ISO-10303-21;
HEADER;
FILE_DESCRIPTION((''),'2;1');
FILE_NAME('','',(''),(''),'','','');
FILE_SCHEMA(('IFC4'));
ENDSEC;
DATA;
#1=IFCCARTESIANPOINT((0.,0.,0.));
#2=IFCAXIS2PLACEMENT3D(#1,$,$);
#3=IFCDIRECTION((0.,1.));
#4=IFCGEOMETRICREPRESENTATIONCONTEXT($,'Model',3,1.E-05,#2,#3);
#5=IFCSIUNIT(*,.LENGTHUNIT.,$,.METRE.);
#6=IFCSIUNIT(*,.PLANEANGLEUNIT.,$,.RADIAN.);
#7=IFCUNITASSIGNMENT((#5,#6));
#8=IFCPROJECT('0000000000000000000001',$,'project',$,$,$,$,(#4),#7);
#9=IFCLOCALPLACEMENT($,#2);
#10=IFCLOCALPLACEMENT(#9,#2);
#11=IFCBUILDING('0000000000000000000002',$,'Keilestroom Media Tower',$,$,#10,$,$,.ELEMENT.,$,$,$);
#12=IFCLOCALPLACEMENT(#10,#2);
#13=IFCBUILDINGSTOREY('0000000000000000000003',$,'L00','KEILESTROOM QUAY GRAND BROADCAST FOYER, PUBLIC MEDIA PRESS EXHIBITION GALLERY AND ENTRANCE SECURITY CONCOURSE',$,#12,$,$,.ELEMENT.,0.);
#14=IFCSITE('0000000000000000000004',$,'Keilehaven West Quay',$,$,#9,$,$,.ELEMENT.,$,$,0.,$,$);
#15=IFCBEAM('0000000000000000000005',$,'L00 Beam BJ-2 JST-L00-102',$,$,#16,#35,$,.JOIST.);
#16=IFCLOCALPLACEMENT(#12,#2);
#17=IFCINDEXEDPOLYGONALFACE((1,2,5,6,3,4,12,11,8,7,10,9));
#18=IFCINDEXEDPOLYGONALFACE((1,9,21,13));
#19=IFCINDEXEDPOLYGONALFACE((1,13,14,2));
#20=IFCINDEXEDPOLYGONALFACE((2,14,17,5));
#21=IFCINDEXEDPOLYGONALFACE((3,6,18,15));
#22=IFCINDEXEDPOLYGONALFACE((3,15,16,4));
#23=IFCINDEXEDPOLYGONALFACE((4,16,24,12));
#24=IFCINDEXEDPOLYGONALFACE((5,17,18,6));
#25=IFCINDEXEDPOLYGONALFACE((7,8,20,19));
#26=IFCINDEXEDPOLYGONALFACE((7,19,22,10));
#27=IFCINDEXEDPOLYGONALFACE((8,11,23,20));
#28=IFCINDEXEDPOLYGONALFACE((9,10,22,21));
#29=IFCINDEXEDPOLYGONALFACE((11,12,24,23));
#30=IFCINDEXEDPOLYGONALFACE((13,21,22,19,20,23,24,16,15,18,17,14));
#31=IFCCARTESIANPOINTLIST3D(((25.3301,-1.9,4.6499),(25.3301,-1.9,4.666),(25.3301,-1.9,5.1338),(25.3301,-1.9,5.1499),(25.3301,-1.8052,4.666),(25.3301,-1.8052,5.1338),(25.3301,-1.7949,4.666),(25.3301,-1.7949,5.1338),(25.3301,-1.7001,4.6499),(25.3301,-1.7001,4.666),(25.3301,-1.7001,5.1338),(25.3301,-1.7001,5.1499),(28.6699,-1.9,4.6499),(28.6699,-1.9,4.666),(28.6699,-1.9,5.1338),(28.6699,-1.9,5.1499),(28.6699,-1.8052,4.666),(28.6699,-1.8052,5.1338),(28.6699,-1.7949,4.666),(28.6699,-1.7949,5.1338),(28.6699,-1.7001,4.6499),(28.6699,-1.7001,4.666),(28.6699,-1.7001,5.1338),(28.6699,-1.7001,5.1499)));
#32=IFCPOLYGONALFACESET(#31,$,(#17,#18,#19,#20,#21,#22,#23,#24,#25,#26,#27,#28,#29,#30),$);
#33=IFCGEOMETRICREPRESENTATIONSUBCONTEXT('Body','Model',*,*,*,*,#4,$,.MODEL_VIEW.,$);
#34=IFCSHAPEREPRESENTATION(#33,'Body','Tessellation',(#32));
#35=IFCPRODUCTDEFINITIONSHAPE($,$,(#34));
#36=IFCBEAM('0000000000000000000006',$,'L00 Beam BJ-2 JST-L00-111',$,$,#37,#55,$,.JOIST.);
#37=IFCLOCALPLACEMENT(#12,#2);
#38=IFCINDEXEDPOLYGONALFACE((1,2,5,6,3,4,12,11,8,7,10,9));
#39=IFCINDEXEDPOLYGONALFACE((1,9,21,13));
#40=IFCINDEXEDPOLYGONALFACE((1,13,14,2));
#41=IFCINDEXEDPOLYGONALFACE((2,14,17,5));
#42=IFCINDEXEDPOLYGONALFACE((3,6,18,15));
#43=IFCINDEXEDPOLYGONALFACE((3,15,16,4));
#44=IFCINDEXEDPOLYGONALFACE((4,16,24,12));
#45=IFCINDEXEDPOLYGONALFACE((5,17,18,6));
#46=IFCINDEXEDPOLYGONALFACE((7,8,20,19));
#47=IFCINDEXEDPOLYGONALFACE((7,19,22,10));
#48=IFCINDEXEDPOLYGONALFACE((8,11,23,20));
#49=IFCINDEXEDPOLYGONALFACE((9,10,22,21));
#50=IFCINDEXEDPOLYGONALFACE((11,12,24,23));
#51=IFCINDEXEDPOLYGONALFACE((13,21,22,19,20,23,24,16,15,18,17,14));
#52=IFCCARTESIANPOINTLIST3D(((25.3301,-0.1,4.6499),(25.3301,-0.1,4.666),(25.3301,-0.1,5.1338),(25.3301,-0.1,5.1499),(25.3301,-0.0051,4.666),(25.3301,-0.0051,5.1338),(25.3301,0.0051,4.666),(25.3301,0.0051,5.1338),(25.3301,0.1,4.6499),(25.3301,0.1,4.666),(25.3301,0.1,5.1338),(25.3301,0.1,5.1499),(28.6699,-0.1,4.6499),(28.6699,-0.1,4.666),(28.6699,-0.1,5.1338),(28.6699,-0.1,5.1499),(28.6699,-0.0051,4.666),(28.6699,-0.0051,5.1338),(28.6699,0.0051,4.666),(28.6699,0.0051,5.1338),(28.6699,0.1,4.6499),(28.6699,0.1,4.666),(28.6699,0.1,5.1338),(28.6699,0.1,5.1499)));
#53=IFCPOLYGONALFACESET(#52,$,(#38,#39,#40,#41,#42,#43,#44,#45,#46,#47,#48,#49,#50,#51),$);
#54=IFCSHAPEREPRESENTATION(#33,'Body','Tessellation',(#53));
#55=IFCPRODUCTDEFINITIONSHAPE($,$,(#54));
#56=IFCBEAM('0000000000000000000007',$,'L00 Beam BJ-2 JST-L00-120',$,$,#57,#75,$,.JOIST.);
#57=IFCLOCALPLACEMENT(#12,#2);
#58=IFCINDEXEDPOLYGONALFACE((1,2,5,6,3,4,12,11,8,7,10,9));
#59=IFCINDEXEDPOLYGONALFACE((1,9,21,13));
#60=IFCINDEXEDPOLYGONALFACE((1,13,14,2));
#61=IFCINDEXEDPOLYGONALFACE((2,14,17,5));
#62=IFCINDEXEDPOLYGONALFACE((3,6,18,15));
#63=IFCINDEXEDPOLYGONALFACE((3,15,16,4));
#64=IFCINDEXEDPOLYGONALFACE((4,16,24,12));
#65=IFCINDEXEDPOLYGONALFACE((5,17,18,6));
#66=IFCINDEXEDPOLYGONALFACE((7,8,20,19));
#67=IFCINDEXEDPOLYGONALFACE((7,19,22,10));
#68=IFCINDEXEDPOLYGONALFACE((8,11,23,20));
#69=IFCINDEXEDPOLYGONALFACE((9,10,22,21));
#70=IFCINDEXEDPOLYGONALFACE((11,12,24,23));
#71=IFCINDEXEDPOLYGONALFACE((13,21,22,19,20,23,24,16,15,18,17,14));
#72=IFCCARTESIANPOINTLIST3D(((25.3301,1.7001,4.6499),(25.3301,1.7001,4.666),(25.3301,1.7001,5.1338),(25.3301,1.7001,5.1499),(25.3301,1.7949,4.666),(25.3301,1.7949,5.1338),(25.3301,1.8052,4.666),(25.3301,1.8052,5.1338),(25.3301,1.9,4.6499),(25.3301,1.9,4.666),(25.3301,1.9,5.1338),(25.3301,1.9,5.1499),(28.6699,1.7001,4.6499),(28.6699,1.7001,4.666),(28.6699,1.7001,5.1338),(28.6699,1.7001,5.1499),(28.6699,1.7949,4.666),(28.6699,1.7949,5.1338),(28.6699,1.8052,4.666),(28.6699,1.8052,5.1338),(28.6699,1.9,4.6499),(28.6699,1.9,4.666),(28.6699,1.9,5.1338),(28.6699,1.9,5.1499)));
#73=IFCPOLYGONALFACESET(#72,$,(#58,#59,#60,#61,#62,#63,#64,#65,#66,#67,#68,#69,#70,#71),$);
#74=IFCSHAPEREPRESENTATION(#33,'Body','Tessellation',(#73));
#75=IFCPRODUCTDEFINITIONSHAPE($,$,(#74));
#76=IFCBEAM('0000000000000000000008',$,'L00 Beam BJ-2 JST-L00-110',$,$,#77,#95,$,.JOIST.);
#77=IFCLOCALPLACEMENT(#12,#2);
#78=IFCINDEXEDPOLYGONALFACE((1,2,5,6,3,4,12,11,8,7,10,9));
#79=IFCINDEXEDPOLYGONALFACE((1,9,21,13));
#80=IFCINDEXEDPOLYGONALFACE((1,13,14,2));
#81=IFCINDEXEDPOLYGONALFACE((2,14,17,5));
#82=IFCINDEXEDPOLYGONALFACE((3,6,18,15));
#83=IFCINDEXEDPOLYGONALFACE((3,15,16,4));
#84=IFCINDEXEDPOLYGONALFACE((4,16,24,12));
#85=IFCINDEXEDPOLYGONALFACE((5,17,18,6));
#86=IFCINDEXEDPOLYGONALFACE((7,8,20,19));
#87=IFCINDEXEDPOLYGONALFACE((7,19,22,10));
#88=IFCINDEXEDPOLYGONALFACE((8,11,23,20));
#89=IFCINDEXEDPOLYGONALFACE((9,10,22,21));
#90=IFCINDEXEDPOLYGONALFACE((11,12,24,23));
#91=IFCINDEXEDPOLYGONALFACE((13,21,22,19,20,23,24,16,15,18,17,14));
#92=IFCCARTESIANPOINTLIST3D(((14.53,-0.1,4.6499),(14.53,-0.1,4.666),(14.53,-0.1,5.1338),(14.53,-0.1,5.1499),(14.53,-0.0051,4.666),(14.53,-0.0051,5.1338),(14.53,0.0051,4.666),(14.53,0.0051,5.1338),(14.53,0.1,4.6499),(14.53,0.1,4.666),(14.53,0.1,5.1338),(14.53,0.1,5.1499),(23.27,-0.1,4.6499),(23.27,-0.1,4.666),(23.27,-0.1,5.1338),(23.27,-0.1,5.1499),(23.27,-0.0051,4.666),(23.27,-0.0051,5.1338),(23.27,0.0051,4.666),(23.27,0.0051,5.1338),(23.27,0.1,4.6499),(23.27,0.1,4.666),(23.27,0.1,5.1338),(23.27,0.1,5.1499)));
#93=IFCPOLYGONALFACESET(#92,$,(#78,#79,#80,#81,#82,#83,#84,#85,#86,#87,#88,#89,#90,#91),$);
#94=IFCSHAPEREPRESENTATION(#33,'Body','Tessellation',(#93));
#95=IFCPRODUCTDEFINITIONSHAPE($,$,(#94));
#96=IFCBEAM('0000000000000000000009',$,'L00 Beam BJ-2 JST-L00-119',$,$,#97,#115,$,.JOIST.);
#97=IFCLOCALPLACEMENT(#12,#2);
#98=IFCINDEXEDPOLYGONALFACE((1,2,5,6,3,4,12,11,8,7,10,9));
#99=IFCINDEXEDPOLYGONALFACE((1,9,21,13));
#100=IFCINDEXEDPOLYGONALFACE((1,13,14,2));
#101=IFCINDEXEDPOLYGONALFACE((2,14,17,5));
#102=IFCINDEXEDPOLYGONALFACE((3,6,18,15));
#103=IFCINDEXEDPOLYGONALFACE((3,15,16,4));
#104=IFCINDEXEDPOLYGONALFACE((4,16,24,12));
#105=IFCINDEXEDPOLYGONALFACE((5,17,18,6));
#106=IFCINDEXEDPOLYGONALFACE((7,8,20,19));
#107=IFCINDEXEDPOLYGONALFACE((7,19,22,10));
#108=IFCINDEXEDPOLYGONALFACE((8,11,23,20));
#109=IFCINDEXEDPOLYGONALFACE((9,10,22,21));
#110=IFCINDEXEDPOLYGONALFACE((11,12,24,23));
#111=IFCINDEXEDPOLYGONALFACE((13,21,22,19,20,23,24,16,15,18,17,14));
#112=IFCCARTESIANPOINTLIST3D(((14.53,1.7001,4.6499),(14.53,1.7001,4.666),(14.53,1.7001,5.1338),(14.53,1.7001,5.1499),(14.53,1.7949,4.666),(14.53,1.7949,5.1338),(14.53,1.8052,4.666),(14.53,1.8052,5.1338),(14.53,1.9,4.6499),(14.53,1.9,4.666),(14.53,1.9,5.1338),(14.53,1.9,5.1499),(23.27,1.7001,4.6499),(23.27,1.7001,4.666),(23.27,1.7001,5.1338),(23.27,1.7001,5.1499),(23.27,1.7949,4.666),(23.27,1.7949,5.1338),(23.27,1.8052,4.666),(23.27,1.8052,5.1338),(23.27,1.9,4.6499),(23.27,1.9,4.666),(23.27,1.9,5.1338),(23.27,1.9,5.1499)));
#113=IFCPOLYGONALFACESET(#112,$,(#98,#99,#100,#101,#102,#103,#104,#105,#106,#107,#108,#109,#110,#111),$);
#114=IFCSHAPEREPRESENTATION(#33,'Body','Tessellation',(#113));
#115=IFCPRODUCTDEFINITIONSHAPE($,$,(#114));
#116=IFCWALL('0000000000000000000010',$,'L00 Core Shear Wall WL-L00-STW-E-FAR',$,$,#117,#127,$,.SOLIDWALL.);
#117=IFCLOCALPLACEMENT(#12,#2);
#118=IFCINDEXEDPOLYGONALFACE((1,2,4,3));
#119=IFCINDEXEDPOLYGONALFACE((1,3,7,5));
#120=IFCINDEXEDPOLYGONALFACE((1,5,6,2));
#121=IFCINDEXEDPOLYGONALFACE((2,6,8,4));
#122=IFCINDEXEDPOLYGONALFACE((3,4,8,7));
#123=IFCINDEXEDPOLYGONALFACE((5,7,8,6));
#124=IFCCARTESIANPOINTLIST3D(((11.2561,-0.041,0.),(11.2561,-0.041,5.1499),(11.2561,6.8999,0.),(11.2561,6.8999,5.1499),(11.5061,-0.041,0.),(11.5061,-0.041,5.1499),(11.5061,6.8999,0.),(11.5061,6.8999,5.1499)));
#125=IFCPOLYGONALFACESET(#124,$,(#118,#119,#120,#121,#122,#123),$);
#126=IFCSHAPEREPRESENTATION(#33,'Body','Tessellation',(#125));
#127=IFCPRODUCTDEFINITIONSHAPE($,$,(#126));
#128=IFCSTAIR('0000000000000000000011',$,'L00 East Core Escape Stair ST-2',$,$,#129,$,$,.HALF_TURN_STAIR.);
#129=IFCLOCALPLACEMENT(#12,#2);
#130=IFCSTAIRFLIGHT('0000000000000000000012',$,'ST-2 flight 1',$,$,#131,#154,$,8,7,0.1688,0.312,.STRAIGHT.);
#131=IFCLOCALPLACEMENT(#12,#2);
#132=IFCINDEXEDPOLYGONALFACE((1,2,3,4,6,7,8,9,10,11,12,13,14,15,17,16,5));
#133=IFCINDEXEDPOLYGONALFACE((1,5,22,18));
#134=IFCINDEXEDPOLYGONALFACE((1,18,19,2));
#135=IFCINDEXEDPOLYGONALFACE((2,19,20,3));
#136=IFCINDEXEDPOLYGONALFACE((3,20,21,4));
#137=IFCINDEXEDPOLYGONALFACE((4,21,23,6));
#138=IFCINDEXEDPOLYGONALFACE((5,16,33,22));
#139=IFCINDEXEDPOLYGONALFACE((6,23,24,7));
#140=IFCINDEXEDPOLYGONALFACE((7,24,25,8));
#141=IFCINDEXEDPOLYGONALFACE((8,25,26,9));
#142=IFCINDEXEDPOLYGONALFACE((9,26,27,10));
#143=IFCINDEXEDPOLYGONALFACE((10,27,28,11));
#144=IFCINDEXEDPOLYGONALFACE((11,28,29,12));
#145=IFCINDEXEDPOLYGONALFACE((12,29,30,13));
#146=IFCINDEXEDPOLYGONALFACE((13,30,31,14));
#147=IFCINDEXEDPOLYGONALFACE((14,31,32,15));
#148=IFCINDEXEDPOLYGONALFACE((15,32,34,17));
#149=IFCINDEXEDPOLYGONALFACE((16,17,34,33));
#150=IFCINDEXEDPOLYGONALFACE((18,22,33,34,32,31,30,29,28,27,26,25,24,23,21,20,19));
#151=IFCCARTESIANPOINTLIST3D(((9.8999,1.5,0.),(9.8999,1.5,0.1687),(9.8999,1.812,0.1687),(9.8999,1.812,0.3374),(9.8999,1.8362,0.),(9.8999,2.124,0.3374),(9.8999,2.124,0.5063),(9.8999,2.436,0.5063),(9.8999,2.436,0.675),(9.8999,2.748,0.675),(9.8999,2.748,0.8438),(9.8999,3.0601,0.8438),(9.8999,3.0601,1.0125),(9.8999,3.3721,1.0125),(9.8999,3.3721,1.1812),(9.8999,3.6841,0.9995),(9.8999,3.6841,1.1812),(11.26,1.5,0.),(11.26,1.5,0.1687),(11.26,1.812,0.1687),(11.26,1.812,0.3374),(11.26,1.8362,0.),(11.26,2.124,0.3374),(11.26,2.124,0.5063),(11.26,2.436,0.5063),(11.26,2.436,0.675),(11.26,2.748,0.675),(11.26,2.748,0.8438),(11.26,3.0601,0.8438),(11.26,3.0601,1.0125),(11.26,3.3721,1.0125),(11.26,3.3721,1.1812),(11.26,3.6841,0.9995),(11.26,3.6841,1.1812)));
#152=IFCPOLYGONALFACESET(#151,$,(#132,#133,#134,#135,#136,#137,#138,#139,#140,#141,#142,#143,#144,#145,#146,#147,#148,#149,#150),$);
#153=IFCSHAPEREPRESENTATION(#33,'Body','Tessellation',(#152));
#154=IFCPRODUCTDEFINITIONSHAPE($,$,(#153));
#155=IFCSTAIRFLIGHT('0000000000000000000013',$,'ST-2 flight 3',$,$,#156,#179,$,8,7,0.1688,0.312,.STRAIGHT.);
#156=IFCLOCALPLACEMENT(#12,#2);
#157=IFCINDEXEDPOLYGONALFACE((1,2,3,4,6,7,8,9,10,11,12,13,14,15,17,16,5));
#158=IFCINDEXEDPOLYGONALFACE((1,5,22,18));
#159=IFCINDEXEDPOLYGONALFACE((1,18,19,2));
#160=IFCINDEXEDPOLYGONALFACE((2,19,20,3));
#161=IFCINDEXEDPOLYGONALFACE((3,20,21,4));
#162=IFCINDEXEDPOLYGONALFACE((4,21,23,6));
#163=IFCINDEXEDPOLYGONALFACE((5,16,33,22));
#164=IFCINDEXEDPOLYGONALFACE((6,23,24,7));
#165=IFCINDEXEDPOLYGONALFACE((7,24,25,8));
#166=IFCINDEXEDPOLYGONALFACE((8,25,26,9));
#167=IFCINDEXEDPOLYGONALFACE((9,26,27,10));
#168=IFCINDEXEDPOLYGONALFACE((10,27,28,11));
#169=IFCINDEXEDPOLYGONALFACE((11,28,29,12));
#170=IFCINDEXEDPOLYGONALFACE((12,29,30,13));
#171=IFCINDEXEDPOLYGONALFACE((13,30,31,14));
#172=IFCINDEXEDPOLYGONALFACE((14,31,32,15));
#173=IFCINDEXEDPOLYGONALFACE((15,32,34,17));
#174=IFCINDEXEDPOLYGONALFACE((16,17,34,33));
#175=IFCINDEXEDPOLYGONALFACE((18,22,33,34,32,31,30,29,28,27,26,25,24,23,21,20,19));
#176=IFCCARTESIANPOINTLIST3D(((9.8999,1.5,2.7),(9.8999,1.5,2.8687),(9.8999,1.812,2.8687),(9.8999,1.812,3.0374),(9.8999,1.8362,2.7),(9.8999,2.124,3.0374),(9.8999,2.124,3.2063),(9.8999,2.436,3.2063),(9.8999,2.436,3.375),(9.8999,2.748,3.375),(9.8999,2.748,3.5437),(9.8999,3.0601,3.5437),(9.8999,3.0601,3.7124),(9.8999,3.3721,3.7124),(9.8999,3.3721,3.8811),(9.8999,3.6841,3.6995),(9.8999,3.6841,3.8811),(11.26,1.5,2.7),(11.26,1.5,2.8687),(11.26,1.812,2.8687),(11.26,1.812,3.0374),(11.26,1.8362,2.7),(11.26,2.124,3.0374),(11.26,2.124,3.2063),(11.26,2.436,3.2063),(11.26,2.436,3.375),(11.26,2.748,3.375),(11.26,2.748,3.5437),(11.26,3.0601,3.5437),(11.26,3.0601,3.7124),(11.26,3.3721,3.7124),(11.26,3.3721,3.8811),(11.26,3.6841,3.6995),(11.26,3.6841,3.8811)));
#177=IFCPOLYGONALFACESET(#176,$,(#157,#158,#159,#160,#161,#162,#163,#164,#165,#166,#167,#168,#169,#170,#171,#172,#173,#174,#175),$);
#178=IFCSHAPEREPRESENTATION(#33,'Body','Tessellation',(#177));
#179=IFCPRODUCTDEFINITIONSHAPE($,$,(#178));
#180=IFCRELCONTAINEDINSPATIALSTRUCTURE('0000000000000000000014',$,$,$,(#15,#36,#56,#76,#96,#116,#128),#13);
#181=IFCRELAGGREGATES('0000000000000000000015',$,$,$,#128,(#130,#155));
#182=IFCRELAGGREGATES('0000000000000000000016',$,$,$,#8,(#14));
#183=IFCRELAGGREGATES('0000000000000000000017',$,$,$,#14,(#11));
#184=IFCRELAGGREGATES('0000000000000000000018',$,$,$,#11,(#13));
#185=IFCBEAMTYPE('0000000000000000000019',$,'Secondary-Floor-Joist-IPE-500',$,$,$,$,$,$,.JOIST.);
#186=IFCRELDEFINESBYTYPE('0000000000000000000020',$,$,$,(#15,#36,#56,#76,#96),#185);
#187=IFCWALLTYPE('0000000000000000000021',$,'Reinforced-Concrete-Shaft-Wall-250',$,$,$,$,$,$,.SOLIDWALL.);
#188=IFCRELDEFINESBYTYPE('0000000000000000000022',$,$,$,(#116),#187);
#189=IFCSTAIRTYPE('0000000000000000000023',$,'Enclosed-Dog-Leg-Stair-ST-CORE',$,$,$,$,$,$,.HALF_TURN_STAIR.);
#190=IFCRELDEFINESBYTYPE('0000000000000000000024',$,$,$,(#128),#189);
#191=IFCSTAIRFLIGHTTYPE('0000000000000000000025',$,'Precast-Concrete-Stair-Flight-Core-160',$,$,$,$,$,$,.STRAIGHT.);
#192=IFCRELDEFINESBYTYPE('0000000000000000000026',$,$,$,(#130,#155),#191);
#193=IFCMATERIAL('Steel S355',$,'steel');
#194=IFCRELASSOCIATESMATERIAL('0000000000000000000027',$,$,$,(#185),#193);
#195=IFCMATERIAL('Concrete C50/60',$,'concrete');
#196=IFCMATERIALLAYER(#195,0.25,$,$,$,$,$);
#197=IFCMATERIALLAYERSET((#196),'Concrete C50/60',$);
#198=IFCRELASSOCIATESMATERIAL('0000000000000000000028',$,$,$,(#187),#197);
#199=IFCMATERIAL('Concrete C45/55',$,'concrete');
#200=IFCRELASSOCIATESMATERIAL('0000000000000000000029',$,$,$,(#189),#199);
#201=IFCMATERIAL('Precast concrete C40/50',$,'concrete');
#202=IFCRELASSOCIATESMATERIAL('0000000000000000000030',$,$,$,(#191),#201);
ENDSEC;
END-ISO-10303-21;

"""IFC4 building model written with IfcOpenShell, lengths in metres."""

from ifc_helpers import new_model, si_unit, direction, frame, frame_2d, origin, origin_2d, place, context, subcontext, project, spatial, polyline, rectangle, i_section, outline, extrude, source, transform, mapped, material, layer, layer_set, material_profile, profile_set, type_object, element, aggregate, save


model = new_model("IFC4")

# Units and contexts
model_context = context("Model", 3, precision=1e-05, world=origin(), true_north=direction((0.0, 1.0)))
body_context = subcontext(model_context, "Body", "Model", "MODEL_VIEW")
ifc_project = project(units=[si_unit("LENGTHUNIT", "METRE"), si_unit("PLANEANGLEUNIT", "RADIAN")], contexts=[model_context])

# Site, building, storey
site_placement = place(None, origin())
site = spatial("IfcSite", under=ifc_project, at=site_placement, Name="Keilehaven West Quay", CompositionType="ELEMENT", RefElevation=0.0)
building_placement = place(site_placement, origin())
building = spatial("IfcBuilding", under=site, at=building_placement, Name="Keilestroom Media Tower", CompositionType="ELEMENT")
storey_placement = place(building_placement, origin())
storey = spatial("IfcBuildingStorey", under=building, at=storey_placement, Name="L00", Description="KEILESTROOM QUAY GRAND BROADCAST FOYER, PUBLIC MEDIA PRESS EXHIBITION GALLERY AND ENTRANCE SECURITY CONCOURSE", CompositionType="ELEMENT", Elevation=0.0)

# Shared definitions
ifc_material_1 = material(Name="Precast concrete C40/50", Category="concrete")

# Beams
ifc_material_2 = material(Name="Steel S355", Category="steel")
ifc_material_profile_1 = material_profile(ifc_material_2, i_section(OverallWidth=0.2, OverallDepth=0.5, WebThickness=0.0103, FlangeThickness=0.0161, at=origin_2d()), Name="IPE 500")
ifc_profile_set_1 = profile_set([ifc_material_profile_1], Name="Steel S355")
beam_type_1 = type_object("IfcBeamType", Name="Secondary-Floor-Joist-IPE-500", PredefinedType="JOIST", material=ifc_profile_set_1)
shared_shape_1 = source(origin(), body_context, "Body", "SweptSolid", [
    extrude(i_section(OverallWidth=0.2, OverallDepth=0.5, WebThickness=0.0103, FlangeThickness=0.0161, at=origin_2d()), origin(), (0.0, 0.0, 1.0), 3.3398),
])
for number, where, z_axis, x_axis, name in (
    (1, (25.3301, -1.8, 4.8999), (1.0, 0.0, 0.0), (0.0, 1.0, 0.0), "L00 Beam BJ-2 JST-L00-102"),
    (2, (25.3301, 0.0, 4.8999), (1.0, 0.0, 0.0), (0.0, 1.0, 0.0), "L00 Beam BJ-2 JST-L00-111"),
    (3, (25.3301, 1.8, 4.8999), (1.0, 0.0, 0.0), (0.0, 1.0, 0.0), "L00 Beam BJ-2 JST-L00-120"),
):
    element("IfcBeam", number, at=place(storey_placement, frame(where, z_axis=z_axis, x_axis=x_axis)), inside=storey, type_object=beam_type_1, Name=name, PredefinedType="JOIST", context=body_context, shape_type="MappedRepresentation", body=[
        mapped(shared_shape_1, transform((0.0, 0.0, 0.0), x_axis=(1.0, 0.0, 0.0), y_axis=(0.0, 1.0, 0.0), z_axis=(0.0, 0.0, 1.0), scale=1.0)),
    ])
shared_shape_2 = source(origin(), body_context, "Body", "SweptSolid", [
    extrude(i_section(OverallWidth=0.2, OverallDepth=0.5, WebThickness=0.0103, FlangeThickness=0.0161, at=origin_2d()), origin(), (0.0, 0.0, 1.0), 8.74),
])
for number, where, z_axis, x_axis, name in (
    (4, (14.53, 0.0, 4.8999), (1.0, 0.0, 0.0), (0.0, 1.0, 0.0), "L00 Beam BJ-2 JST-L00-110"),
    (5, (14.53, 1.8, 4.8999), (1.0, 0.0, 0.0), (0.0, 1.0, 0.0), "L00 Beam BJ-2 JST-L00-119"),
):
    element("IfcBeam", number, at=place(storey_placement, frame(where, z_axis=z_axis, x_axis=x_axis)), inside=storey, type_object=beam_type_1, Name=name, PredefinedType="JOIST", context=body_context, shape_type="MappedRepresentation", body=[
        mapped(shared_shape_2, transform((0.0, 0.0, 0.0), x_axis=(1.0, 0.0, 0.0), y_axis=(0.0, 1.0, 0.0), z_axis=(0.0, 0.0, 1.0), scale=1.0)),
    ])

# Wall
ifc_material_3 = material(Name="Concrete C50/60", Category="concrete")
ifc_layer = layer(ifc_material_3, 0.25)
ifc_layer_set = layer_set([ifc_layer], Name="Concrete C50/60")
wall_type = type_object("IfcWallType", Name="Reinforced-Concrete-Shaft-Wall-250", PredefinedType="SOLIDWALL", material=ifc_layer_set)
wall_placement = place(storey_placement, frame((11.3811, -0.041, 0.0), z_axis=(0.0, 0.0, 1.0), x_axis=(0.0, 1.0, 0.0)))
element("IfcWall", 6, at=wall_placement, inside=storey, type_object=wall_type, Name="L00 Core Shear Wall WL-L00-STW-E-FAR", PredefinedType="SOLIDWALL", context=body_context, shape_type="SweptSolid", body=[
    extrude(rectangle(XDim=6.9409, YDim=0.25, at=frame_2d((3.4705, 0.0))), origin(), (0.0, 0.0, 1.0), 5.1499),
])

# Stair, stair flights
ifc_material_4 = material(Name="Concrete C45/55", Category="concrete")
stair_type = type_object("IfcStairType", Name="Enclosed-Dog-Leg-Stair-ST-CORE", PredefinedType="HALF_TURN_STAIR", material=ifc_material_4)
stair_placement = place(storey_placement, origin())
stair = element("IfcStair", 7, at=stair_placement, inside=storey, type_object=stair_type, Name="L00 East Core Escape Stair ST-2", PredefinedType="HALF_TURN_STAIR")
stair_flight_type = type_object("IfcStairFlightType", Name="Precast-Concrete-Stair-Flight-Core-160", PredefinedType="STRAIGHT", material=ifc_material_1)
stair_flight_1_placement = place(storey_placement, frame((10.5801, 1.5, 0.0), z_axis=(0.0, 0.0, 1.0), x_axis=(0.0, 1.0, 0.0)))
stair_flight_1 = element("IfcStairFlight", 8, at=stair_flight_1_placement, type_object=stair_flight_type, Name="ST-2 flight 1", NumberOfRisers=8, NumberOfTreads=7, PredefinedType="STRAIGHT", RiserHeight=0.1688, TreadLength=0.312, context=body_context, shape_type="SweptSolid", body=[
    extrude(outline(polyline([(0.0, 0.0), (0.0, 0.1687), (0.312, 0.1687), (0.312, 0.3374), (0.624, 0.3374), (0.624, 0.5063), (0.936, 0.5063), (0.936, 0.675), (1.248, 0.675), (1.248, 0.8438), (1.5601, 0.8438), (1.5601, 1.0125), (1.8721, 1.0125), (1.8721, 1.1812), (2.1841, 1.1812), (2.1841, 1.3501), (2.1841, 0.9995), (0.3362, 0.0), (0.0, 0.0)])), frame((0.0, 0.6802, 0.0), z_axis=(0.0, -1.0, 0.0), x_axis=(1.0, 0.0, 0.0)), (0.0, 0.0, 1.0), 1.3601),
])
stair_flight_2_placement = place(storey_placement, frame((10.5801, 1.5, 2.7), z_axis=(0.0, 0.0, 1.0), x_axis=(0.0, 1.0, 0.0)))
stair_flight_2 = element("IfcStairFlight", 9, at=stair_flight_2_placement, type_object=stair_flight_type, Name="ST-2 flight 3", NumberOfRisers=8, NumberOfTreads=7, PredefinedType="STRAIGHT", RiserHeight=0.1688, TreadLength=0.312, context=body_context, shape_type="SweptSolid", body=[
    extrude(outline(polyline([(0.0, 0.0), (0.0, 0.1687), (0.312, 0.1687), (0.312, 0.3374), (0.624, 0.3374), (0.624, 0.5063), (0.936, 0.5063), (0.936, 0.675), (1.248, 0.675), (1.248, 0.8438), (1.5601, 0.8438), (1.5601, 1.0125), (1.8721, 1.0125), (1.8721, 1.1812), (2.1841, 1.1812), (2.1841, 1.3501), (2.1841, 0.9995), (0.3362, 0.0), (0.0, 0.0)])), frame((0.0, 0.6802, 0.0), z_axis=(0.0, -1.0, 0.0), x_axis=(1.0, 0.0, 0.0)), (0.0, 0.0, 1.0), 1.3601),
])
aggregate(stair, [stair_flight_1, stair_flight_2])

save(model, "model.ifc")
